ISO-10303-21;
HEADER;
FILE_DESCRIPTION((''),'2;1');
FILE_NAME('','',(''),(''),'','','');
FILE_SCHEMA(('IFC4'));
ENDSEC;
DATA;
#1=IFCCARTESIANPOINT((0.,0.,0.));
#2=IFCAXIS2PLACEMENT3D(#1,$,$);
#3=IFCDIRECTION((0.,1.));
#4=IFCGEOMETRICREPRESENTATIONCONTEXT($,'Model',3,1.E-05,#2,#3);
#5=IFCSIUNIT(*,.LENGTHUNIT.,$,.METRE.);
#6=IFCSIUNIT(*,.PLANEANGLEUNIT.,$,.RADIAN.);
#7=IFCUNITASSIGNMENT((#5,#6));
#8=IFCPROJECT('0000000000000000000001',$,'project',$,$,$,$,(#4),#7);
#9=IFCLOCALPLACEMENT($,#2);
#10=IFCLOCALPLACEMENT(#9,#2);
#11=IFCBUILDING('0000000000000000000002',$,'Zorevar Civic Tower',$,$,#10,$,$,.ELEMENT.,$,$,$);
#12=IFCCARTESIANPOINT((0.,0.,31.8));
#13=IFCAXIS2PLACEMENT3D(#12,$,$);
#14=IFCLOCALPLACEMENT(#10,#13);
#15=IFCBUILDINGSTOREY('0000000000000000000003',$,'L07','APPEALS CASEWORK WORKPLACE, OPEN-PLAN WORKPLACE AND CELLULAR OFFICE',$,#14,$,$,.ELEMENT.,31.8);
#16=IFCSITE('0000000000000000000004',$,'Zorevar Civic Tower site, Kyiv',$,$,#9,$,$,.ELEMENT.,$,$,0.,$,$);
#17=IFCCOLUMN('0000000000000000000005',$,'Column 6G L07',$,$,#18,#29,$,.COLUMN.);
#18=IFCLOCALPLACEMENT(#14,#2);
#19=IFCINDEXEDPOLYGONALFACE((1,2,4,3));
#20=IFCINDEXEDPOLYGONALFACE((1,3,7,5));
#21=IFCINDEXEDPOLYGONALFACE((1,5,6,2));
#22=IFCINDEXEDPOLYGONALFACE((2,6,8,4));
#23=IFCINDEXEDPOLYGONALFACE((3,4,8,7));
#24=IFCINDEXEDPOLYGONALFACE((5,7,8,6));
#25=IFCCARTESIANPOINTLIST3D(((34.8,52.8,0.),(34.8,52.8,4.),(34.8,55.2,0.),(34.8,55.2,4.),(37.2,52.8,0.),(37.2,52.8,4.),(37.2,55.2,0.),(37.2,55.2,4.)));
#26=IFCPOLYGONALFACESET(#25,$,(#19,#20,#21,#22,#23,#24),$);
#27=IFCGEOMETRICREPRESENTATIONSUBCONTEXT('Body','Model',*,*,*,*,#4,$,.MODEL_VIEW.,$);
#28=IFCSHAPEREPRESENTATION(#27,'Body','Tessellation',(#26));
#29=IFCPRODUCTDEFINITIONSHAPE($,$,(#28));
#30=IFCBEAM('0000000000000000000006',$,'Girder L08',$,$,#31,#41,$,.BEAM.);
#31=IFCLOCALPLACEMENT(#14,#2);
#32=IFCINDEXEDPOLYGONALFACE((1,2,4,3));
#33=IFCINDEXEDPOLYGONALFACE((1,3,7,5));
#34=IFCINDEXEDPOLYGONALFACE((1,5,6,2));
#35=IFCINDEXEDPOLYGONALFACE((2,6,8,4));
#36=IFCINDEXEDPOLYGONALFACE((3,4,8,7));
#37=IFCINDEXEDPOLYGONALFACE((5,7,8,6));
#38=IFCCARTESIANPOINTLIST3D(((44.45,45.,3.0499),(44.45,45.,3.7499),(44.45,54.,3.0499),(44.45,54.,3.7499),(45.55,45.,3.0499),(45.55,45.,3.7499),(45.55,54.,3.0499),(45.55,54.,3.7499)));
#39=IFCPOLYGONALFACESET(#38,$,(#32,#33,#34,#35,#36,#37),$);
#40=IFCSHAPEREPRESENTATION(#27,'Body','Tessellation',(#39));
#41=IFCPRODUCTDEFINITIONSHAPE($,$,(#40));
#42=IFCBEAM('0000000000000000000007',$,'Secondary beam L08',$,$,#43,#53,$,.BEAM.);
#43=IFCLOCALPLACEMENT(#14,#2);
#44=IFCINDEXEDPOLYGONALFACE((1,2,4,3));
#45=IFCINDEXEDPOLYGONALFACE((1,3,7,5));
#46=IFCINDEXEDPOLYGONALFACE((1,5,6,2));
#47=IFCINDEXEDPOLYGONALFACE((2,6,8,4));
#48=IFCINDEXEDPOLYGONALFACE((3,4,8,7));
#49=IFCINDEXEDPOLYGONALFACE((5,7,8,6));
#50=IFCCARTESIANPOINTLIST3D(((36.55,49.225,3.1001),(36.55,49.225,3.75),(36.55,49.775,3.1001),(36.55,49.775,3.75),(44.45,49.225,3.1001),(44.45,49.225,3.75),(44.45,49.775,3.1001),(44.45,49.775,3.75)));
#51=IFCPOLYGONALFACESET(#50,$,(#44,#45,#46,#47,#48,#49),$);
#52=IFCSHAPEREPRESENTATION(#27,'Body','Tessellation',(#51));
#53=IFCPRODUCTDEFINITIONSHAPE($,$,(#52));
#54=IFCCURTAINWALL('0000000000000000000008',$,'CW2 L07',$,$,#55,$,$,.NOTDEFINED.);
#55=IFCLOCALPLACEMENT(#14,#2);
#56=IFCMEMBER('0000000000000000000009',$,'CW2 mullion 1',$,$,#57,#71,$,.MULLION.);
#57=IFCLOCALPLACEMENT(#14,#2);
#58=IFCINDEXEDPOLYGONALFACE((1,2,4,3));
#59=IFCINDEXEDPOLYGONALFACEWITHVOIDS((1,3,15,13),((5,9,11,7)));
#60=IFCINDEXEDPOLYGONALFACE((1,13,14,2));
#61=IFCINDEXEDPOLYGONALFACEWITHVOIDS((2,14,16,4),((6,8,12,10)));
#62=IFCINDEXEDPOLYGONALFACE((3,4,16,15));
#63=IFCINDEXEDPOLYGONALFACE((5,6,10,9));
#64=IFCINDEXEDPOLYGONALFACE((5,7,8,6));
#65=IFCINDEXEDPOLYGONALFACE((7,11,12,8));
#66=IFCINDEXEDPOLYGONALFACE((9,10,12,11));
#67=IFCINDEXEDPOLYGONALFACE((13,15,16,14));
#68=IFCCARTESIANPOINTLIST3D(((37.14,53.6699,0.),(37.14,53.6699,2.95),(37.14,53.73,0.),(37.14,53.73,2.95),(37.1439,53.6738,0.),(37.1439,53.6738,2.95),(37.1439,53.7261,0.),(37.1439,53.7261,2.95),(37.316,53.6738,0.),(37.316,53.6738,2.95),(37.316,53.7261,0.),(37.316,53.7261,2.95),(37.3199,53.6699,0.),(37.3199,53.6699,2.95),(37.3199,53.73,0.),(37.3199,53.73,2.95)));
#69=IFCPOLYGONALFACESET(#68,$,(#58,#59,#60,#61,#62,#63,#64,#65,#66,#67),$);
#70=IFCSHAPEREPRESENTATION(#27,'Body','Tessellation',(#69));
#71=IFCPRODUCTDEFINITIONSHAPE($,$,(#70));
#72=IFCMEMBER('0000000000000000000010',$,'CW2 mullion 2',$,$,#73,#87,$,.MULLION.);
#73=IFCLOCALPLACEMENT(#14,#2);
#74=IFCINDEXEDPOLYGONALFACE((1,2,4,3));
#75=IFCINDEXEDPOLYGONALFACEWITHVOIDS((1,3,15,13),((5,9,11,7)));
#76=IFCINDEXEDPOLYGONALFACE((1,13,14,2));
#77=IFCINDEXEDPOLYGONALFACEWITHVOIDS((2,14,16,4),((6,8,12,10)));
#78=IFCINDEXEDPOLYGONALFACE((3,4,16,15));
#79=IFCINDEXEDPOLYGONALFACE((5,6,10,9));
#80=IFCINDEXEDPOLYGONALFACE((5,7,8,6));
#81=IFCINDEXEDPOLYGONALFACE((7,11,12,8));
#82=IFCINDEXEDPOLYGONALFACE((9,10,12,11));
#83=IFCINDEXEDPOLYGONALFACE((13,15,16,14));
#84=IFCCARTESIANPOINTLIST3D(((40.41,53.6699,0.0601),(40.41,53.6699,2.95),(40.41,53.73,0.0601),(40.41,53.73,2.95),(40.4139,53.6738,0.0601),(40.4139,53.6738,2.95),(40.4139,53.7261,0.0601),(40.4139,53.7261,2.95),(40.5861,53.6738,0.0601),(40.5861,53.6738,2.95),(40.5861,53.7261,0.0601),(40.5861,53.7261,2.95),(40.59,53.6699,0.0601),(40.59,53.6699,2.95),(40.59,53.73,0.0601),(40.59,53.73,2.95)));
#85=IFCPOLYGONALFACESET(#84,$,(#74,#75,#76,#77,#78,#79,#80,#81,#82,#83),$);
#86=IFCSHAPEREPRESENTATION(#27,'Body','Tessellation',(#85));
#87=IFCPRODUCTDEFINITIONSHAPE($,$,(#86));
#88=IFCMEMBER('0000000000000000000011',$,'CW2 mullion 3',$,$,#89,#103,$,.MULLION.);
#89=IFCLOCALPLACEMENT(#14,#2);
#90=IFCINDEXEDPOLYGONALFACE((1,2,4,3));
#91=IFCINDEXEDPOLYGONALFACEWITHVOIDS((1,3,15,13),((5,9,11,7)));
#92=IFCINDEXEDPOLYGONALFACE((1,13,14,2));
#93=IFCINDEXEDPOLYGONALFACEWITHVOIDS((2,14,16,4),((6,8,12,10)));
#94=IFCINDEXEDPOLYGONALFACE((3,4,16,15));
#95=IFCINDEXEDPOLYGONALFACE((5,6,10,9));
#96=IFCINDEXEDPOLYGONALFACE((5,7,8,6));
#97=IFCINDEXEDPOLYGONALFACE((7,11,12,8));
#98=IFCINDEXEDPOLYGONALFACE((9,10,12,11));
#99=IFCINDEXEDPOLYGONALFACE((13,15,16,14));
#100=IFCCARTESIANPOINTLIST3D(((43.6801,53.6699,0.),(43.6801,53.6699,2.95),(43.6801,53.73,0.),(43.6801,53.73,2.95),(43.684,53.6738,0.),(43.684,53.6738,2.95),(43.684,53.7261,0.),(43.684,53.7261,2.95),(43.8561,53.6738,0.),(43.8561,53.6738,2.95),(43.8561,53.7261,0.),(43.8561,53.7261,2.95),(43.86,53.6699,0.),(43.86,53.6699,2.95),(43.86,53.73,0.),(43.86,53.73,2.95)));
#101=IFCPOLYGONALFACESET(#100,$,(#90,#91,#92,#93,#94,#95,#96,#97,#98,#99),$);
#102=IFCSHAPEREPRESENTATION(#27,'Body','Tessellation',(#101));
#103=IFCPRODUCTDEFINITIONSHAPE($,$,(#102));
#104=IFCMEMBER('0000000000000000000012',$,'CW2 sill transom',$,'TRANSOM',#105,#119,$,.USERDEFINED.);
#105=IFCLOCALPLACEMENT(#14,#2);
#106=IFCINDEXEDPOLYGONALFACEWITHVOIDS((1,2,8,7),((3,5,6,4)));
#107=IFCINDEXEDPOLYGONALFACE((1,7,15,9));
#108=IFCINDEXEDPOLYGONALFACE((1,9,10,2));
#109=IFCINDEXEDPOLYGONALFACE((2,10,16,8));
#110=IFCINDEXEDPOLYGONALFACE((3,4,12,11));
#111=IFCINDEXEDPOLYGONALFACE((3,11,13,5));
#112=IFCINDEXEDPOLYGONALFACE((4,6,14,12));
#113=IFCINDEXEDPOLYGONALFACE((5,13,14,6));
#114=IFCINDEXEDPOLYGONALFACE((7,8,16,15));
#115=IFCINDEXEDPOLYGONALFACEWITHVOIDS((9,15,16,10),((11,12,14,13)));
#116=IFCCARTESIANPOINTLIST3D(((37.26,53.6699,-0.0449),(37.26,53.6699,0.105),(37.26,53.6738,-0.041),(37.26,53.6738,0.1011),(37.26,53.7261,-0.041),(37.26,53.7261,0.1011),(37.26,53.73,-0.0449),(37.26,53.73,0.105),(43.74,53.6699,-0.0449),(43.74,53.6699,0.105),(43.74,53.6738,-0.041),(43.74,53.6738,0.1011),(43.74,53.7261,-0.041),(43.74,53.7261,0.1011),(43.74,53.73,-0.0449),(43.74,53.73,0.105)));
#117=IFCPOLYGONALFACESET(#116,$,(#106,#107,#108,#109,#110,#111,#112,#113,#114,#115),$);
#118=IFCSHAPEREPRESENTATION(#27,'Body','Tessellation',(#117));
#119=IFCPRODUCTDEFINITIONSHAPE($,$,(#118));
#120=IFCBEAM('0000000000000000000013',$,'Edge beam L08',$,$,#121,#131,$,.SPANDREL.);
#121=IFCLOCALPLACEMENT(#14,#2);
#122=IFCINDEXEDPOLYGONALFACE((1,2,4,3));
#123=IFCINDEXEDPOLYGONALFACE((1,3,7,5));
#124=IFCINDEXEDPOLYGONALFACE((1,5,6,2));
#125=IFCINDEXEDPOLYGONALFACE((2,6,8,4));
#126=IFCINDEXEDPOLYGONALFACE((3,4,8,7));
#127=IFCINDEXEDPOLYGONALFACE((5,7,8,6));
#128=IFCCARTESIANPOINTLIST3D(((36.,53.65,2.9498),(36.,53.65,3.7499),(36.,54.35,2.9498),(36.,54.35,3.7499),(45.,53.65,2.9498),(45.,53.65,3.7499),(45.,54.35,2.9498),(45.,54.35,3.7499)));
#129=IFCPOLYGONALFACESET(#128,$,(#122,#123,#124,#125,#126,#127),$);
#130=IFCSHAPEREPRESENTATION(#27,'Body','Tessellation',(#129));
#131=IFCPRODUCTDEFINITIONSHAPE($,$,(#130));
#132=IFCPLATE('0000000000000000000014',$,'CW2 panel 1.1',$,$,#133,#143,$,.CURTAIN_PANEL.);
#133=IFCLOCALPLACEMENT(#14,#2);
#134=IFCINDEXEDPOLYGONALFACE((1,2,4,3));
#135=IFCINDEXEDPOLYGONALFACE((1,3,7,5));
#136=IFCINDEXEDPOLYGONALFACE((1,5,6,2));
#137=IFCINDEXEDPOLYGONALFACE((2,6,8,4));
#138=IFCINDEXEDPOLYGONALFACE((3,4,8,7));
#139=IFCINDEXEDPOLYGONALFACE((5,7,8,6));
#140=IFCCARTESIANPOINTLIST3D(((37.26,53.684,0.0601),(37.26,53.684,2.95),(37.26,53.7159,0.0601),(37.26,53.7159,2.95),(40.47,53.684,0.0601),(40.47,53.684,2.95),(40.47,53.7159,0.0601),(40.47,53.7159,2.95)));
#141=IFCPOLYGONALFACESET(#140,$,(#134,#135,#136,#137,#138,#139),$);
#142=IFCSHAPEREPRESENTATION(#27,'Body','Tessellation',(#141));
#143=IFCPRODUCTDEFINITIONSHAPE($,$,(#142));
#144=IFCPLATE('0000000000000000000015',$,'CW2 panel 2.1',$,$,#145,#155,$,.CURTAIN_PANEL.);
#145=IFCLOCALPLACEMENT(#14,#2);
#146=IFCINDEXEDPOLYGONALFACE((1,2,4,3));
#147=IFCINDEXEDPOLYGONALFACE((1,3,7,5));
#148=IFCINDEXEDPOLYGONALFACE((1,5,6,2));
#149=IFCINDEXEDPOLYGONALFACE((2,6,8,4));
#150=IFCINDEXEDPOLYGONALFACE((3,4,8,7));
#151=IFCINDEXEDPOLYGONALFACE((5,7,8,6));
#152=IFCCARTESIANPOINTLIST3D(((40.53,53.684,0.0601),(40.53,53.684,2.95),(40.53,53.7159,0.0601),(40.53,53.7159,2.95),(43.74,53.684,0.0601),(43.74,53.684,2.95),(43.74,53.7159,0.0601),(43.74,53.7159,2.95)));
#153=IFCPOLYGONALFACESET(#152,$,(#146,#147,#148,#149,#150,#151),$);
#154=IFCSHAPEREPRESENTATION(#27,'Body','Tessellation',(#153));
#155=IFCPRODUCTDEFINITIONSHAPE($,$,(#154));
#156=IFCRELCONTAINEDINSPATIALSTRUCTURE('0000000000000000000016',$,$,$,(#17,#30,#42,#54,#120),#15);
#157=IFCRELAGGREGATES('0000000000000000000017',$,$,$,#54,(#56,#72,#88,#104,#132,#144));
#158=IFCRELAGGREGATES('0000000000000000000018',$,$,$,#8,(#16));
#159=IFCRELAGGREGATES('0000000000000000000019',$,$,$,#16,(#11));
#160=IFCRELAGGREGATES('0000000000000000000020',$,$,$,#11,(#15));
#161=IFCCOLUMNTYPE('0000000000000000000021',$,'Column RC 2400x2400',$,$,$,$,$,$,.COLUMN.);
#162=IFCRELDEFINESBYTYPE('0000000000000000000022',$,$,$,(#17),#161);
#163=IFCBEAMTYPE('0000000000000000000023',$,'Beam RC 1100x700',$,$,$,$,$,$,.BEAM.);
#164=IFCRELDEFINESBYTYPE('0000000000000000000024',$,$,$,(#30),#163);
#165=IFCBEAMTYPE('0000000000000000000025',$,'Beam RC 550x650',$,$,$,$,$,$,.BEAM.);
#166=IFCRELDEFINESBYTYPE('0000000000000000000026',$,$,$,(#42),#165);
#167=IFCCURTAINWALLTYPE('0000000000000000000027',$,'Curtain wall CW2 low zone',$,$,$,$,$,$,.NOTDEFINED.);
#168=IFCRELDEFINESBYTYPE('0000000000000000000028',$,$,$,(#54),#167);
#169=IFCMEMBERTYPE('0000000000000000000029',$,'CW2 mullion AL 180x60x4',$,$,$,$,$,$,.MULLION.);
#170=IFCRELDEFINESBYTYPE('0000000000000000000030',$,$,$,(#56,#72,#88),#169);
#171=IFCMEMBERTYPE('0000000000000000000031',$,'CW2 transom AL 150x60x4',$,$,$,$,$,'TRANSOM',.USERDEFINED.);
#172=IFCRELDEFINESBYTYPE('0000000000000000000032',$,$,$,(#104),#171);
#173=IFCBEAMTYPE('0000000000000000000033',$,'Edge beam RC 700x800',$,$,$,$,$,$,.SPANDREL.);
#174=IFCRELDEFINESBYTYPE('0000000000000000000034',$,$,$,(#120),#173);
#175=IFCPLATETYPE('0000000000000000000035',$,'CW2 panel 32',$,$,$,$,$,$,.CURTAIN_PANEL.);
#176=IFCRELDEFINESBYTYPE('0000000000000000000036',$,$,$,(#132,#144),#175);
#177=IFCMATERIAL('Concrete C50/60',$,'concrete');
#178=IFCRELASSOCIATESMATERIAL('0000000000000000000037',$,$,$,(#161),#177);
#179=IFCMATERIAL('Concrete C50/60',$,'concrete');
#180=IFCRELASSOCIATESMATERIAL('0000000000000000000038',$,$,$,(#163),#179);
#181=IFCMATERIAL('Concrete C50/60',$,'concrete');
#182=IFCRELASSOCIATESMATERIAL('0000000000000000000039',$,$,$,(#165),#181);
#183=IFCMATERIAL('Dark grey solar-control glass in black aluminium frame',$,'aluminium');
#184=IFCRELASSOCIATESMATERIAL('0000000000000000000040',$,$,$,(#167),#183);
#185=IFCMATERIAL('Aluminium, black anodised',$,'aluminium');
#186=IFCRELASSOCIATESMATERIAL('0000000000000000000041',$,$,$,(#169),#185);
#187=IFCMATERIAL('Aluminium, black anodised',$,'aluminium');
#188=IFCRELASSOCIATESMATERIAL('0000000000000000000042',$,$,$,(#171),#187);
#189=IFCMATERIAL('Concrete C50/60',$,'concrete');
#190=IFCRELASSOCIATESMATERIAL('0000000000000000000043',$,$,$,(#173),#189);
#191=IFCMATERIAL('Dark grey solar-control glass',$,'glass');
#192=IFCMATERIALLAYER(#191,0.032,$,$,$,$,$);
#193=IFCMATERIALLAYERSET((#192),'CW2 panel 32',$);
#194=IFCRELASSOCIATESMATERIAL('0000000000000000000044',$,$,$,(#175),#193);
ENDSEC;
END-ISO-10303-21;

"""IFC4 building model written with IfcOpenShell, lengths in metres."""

from ifc_helpers import new_model, si_unit, direction, frame, origin, origin_2d, place, context, subcontext, project, spatial, rectangle, hollow_rectangle, extrude, material, layer, layer_set, material_profile, profile_set, type_object, element, aggregate, save


model = new_model("IFC4")

# Units and contexts
model_context = context("Model", 3, precision=1e-05, world=origin(), true_north=direction((0.0, 1.0)))
body_context = subcontext(model_context, "Body", "Model", "MODEL_VIEW")
ifc_project = project(units=[si_unit("LENGTHUNIT", "METRE"), si_unit("PLANEANGLEUNIT", "RADIAN")], contexts=[model_context])

# Site, building, storey
site_placement = place(None, origin())
site = spatial("IfcSite", under=ifc_project, at=site_placement, Name="Zorevar Civic Tower site, Kyiv", CompositionType="ELEMENT", RefElevation=0.0)
building_placement = place(site_placement, origin())
building = spatial("IfcBuilding", under=site, at=building_placement, Name="Zorevar Civic Tower", CompositionType="ELEMENT")
storey_placement = place(building_placement, frame((0.0, 0.0, 31.8)))
storey = spatial("IfcBuildingStorey", under=building, at=storey_placement, Name="L07", Description="APPEALS CASEWORK WORKPLACE, OPEN-PLAN WORKPLACE AND CELLULAR OFFICE", CompositionType="ELEMENT", Elevation=31.8)

# Column
ifc_material_1 = material(Name="Concrete C50/60", Category="concrete")
ifc_material_profile_1 = material_profile(ifc_material_1, rectangle(XDim=2.3999, YDim=2.3999, at=origin_2d()), Name="RC 2400x2400")
ifc_profile_set_1 = profile_set([ifc_material_profile_1], Name="Concrete C50/60")
column_type = type_object("IfcColumnType", Name="Column RC 2400x2400", PredefinedType="COLUMN", material=ifc_profile_set_1)
column_placement = place(storey_placement, frame((36.0, 54.0, 0.0), z_axis=(0.0, 0.0, 1.0), x_axis=(1.0, 0.0, 0.0)))
element("IfcColumn", 1, at=column_placement, inside=storey, type_object=column_type, Name="Column 6G L07", PredefinedType="COLUMN", context=body_context, shape_type="SweptSolid", body=[
    extrude(rectangle(XDim=2.3999, YDim=2.3999, at=origin_2d()), origin(), (0.0, 0.0, 1.0), 4.0),
])

# Beams
ifc_material_2 = material(Name="Concrete C50/60", Category="concrete")
ifc_material_profile_2 = material_profile(ifc_material_2, rectangle(XDim=1.1001, YDim=0.7, at=origin_2d()), Name="RC 1100x700")
ifc_profile_set_2 = profile_set([ifc_material_profile_2], Name="Concrete C50/60")
beam_type_1 = type_object("IfcBeamType", Name="Beam RC 1100x700", PredefinedType="BEAM", material=ifc_profile_set_2)
beam_1_placement = place(storey_placement, frame((45.0, 45.0, 3.3999), z_axis=(0.0, 1.0, 0.0), x_axis=(-1.0, 0.0, 0.0)))
element("IfcBeam", 2, at=beam_1_placement, inside=storey, type_object=beam_type_1, Name="Girder L08", PredefinedType="BEAM", context=body_context, shape_type="SweptSolid", body=[
    extrude(rectangle(XDim=1.1001, YDim=0.7, at=origin_2d()), origin(), (0.0, 0.0, 1.0), 9.0),
])
ifc_material_3 = material(Name="Concrete C50/60", Category="concrete")
ifc_material_profile_3 = material_profile(ifc_material_3, rectangle(XDim=0.55, YDim=0.6499, at=origin_2d()), Name="RC 550x650")
ifc_profile_set_3 = profile_set([ifc_material_profile_3], Name="Concrete C50/60")
beam_type_2 = type_object("IfcBeamType", Name="Beam RC 550x650", PredefinedType="BEAM", material=ifc_profile_set_3)
beam_2_placement = place(storey_placement, frame((36.55, 49.5, 3.425), z_axis=(1.0, 0.0, 0.0), x_axis=(0.0, 1.0, 0.0)))
element("IfcBeam", 3, at=beam_2_placement, inside=storey, type_object=beam_type_2, Name="Secondary beam L08", PredefinedType="BEAM", context=body_context, shape_type="SweptSolid", body=[
    extrude(rectangle(XDim=0.55, YDim=0.6499, at=origin_2d()), origin(), (0.0, 0.0, 1.0), 7.8999),
])

# Curtain wall, members
ifc_material_4 = material(Name="Dark grey solar-control glass in black aluminium frame", Category="aluminium")
curtain_wall_type = type_object("IfcCurtainWallType", Name="Curtain wall CW2 low zone", PredefinedType="NOTDEFINED", material=ifc_material_4)
curtain_wall_placement = place(storey_placement, origin())
curtain_wall = element("IfcCurtainWall", 4, at=curtain_wall_placement, inside=storey, type_object=curtain_wall_type, Name="CW2 L07", PredefinedType="NOTDEFINED")
ifc_material_5 = material(Name="Aluminium, black anodised", Category="aluminium")
ifc_material_profile_4 = material_profile(ifc_material_5, hollow_rectangle(XDim=0.0601, YDim=0.1799, WallThickness=0.0039, at=origin_2d()), Name="AL 180x60x4")
ifc_profile_set_4 = profile_set([ifc_material_profile_4], Name="Aluminium, black anodised")
member_type_1 = type_object("IfcMemberType", Name="CW2 mullion AL 180x60x4", PredefinedType="MULLION", material=ifc_profile_set_4)
member_1_placement = place(storey_placement, frame((37.23, 53.7, 0.0), z_axis=(0.0, 0.0, 1.0), x_axis=(0.0, 1.0, 0.0)))
member_1 = element("IfcMember", 5, at=member_1_placement, type_object=member_type_1, Name="CW2 mullion 1", PredefinedType="MULLION", context=body_context, shape_type="SweptSolid", body=[
    extrude(hollow_rectangle(XDim=0.0601, YDim=0.1799, WallThickness=0.0039, at=origin_2d()), origin(), (0.0, 0.0, 1.0), 2.95),
])
member_2_placement = place(storey_placement, frame((40.5, 53.7, 0.0601), z_axis=(0.0, 0.0, 1.0), x_axis=(0.0, 1.0, 0.0)))
member_2 = element("IfcMember", 6, at=member_2_placement, type_object=member_type_1, Name="CW2 mullion 2", PredefinedType="MULLION", context=body_context, shape_type="SweptSolid", body=[
    extrude(hollow_rectangle(XDim=0.0601, YDim=0.1799, WallThickness=0.0039, at=origin_2d()), origin(), (0.0, 0.0, 1.0), 2.8899),
])
member_3_placement = place(storey_placement, frame((43.77, 53.7, 0.0), z_axis=(0.0, 0.0, 1.0), x_axis=(0.0, 1.0, 0.0)))
member_3 = element("IfcMember", 7, at=member_3_placement, type_object=member_type_1, Name="CW2 mullion 3", PredefinedType="MULLION", context=body_context, shape_type="SweptSolid", body=[
    extrude(hollow_rectangle(XDim=0.0601, YDim=0.1799, WallThickness=0.0039, at=origin_2d()), origin(), (0.0, 0.0, 1.0), 2.95),
])
ifc_material_6 = material(Name="Aluminium, black anodised", Category="aluminium")
ifc_material_profile_5 = material_profile(ifc_material_6, hollow_rectangle(XDim=0.0601, YDim=0.1499, WallThickness=0.0039, at=origin_2d()), Name="AL 150x60x4")
ifc_profile_set_5 = profile_set([ifc_material_profile_5], Name="Aluminium, black anodised")
member_type_2 = type_object("IfcMemberType", Name="CW2 transom AL 150x60x4", ElementType="TRANSOM", PredefinedType="USERDEFINED", material=ifc_profile_set_5)
member_4_placement = place(storey_placement, frame((37.26, 53.7, 0.03), z_axis=(1.0, 0.0, 0.0), x_axis=(0.0, 1.0, 0.0)))
member_4 = element("IfcMember", 8, at=member_4_placement, type_object=member_type_2, Name="CW2 sill transom", ObjectType="TRANSOM", PredefinedType="USERDEFINED", context=body_context, shape_type="SweptSolid", body=[
    extrude(hollow_rectangle(XDim=0.0601, YDim=0.1499, WallThickness=0.0039, at=origin_2d()), origin(), (0.0, 0.0, 1.0), 6.48),
])

# Beam
ifc_material_7 = material(Name="Concrete C50/60", Category="concrete")
ifc_material_profile_6 = material_profile(ifc_material_7, rectangle(XDim=0.7, YDim=0.8, at=origin_2d()), Name="RC 700x800")
ifc_profile_set_6 = profile_set([ifc_material_profile_6], Name="Concrete C50/60")
beam_type_3 = type_object("IfcBeamType", Name="Edge beam RC 700x800", PredefinedType="SPANDREL", material=ifc_profile_set_6)
beam_3_placement = place(storey_placement, frame((36.0, 54.0, 3.3499), z_axis=(1.0, 0.0, 0.0), x_axis=(0.0, 1.0, 0.0)))
element("IfcBeam", 9, at=beam_3_placement, inside=storey, type_object=beam_type_3, Name="Edge beam L08", PredefinedType="SPANDREL", context=body_context, shape_type="SweptSolid", body=[
    extrude(rectangle(XDim=0.7, YDim=0.8, at=origin_2d()), origin(), (0.0, 0.0, 1.0), 9.0),
])

# Plates
ifc_material_8 = material(Name="Dark grey solar-control glass", Category="glass")
ifc_layer_1 = layer(ifc_material_8, 0.032)
ifc_layer_set_1 = layer_set([ifc_layer_1], Name="CW2 panel 32")
plate_type = type_object("IfcPlateType", Name="CW2 panel 32", PredefinedType="CURTAIN_PANEL", material=ifc_layer_set_1)
plate_1_placement = place(storey_placement, frame((38.865, 53.7, 0.0601), z_axis=(0.0, 0.0, 1.0), x_axis=(1.0, 0.0, 0.0)))
plate_1 = element("IfcPlate", 10, at=plate_1_placement, type_object=plate_type, Name="CW2 panel 1.1", PredefinedType="CURTAIN_PANEL", context=body_context, shape_type="SweptSolid", body=[
    extrude(rectangle(XDim=3.21, YDim=0.032, at=origin_2d()), origin(), (0.0, 0.0, 1.0), 2.8899),
])
plate_2_placement = place(storey_placement, frame((42.135, 53.7, 0.0601), z_axis=(0.0, 0.0, 1.0), x_axis=(1.0, 0.0, 0.0)))
plate_2 = element("IfcPlate", 11, at=plate_2_placement, type_object=plate_type, Name="CW2 panel 2.1", PredefinedType="CURTAIN_PANEL", context=body_context, shape_type="SweptSolid", body=[
    extrude(rectangle(XDim=3.21, YDim=0.032, at=origin_2d()), origin(), (0.0, 0.0, 1.0), 2.8899),
])
aggregate(curtain_wall, [member_1, member_2, member_3, member_4, plate_1, plate_2])

save(model, "model.ifc")
